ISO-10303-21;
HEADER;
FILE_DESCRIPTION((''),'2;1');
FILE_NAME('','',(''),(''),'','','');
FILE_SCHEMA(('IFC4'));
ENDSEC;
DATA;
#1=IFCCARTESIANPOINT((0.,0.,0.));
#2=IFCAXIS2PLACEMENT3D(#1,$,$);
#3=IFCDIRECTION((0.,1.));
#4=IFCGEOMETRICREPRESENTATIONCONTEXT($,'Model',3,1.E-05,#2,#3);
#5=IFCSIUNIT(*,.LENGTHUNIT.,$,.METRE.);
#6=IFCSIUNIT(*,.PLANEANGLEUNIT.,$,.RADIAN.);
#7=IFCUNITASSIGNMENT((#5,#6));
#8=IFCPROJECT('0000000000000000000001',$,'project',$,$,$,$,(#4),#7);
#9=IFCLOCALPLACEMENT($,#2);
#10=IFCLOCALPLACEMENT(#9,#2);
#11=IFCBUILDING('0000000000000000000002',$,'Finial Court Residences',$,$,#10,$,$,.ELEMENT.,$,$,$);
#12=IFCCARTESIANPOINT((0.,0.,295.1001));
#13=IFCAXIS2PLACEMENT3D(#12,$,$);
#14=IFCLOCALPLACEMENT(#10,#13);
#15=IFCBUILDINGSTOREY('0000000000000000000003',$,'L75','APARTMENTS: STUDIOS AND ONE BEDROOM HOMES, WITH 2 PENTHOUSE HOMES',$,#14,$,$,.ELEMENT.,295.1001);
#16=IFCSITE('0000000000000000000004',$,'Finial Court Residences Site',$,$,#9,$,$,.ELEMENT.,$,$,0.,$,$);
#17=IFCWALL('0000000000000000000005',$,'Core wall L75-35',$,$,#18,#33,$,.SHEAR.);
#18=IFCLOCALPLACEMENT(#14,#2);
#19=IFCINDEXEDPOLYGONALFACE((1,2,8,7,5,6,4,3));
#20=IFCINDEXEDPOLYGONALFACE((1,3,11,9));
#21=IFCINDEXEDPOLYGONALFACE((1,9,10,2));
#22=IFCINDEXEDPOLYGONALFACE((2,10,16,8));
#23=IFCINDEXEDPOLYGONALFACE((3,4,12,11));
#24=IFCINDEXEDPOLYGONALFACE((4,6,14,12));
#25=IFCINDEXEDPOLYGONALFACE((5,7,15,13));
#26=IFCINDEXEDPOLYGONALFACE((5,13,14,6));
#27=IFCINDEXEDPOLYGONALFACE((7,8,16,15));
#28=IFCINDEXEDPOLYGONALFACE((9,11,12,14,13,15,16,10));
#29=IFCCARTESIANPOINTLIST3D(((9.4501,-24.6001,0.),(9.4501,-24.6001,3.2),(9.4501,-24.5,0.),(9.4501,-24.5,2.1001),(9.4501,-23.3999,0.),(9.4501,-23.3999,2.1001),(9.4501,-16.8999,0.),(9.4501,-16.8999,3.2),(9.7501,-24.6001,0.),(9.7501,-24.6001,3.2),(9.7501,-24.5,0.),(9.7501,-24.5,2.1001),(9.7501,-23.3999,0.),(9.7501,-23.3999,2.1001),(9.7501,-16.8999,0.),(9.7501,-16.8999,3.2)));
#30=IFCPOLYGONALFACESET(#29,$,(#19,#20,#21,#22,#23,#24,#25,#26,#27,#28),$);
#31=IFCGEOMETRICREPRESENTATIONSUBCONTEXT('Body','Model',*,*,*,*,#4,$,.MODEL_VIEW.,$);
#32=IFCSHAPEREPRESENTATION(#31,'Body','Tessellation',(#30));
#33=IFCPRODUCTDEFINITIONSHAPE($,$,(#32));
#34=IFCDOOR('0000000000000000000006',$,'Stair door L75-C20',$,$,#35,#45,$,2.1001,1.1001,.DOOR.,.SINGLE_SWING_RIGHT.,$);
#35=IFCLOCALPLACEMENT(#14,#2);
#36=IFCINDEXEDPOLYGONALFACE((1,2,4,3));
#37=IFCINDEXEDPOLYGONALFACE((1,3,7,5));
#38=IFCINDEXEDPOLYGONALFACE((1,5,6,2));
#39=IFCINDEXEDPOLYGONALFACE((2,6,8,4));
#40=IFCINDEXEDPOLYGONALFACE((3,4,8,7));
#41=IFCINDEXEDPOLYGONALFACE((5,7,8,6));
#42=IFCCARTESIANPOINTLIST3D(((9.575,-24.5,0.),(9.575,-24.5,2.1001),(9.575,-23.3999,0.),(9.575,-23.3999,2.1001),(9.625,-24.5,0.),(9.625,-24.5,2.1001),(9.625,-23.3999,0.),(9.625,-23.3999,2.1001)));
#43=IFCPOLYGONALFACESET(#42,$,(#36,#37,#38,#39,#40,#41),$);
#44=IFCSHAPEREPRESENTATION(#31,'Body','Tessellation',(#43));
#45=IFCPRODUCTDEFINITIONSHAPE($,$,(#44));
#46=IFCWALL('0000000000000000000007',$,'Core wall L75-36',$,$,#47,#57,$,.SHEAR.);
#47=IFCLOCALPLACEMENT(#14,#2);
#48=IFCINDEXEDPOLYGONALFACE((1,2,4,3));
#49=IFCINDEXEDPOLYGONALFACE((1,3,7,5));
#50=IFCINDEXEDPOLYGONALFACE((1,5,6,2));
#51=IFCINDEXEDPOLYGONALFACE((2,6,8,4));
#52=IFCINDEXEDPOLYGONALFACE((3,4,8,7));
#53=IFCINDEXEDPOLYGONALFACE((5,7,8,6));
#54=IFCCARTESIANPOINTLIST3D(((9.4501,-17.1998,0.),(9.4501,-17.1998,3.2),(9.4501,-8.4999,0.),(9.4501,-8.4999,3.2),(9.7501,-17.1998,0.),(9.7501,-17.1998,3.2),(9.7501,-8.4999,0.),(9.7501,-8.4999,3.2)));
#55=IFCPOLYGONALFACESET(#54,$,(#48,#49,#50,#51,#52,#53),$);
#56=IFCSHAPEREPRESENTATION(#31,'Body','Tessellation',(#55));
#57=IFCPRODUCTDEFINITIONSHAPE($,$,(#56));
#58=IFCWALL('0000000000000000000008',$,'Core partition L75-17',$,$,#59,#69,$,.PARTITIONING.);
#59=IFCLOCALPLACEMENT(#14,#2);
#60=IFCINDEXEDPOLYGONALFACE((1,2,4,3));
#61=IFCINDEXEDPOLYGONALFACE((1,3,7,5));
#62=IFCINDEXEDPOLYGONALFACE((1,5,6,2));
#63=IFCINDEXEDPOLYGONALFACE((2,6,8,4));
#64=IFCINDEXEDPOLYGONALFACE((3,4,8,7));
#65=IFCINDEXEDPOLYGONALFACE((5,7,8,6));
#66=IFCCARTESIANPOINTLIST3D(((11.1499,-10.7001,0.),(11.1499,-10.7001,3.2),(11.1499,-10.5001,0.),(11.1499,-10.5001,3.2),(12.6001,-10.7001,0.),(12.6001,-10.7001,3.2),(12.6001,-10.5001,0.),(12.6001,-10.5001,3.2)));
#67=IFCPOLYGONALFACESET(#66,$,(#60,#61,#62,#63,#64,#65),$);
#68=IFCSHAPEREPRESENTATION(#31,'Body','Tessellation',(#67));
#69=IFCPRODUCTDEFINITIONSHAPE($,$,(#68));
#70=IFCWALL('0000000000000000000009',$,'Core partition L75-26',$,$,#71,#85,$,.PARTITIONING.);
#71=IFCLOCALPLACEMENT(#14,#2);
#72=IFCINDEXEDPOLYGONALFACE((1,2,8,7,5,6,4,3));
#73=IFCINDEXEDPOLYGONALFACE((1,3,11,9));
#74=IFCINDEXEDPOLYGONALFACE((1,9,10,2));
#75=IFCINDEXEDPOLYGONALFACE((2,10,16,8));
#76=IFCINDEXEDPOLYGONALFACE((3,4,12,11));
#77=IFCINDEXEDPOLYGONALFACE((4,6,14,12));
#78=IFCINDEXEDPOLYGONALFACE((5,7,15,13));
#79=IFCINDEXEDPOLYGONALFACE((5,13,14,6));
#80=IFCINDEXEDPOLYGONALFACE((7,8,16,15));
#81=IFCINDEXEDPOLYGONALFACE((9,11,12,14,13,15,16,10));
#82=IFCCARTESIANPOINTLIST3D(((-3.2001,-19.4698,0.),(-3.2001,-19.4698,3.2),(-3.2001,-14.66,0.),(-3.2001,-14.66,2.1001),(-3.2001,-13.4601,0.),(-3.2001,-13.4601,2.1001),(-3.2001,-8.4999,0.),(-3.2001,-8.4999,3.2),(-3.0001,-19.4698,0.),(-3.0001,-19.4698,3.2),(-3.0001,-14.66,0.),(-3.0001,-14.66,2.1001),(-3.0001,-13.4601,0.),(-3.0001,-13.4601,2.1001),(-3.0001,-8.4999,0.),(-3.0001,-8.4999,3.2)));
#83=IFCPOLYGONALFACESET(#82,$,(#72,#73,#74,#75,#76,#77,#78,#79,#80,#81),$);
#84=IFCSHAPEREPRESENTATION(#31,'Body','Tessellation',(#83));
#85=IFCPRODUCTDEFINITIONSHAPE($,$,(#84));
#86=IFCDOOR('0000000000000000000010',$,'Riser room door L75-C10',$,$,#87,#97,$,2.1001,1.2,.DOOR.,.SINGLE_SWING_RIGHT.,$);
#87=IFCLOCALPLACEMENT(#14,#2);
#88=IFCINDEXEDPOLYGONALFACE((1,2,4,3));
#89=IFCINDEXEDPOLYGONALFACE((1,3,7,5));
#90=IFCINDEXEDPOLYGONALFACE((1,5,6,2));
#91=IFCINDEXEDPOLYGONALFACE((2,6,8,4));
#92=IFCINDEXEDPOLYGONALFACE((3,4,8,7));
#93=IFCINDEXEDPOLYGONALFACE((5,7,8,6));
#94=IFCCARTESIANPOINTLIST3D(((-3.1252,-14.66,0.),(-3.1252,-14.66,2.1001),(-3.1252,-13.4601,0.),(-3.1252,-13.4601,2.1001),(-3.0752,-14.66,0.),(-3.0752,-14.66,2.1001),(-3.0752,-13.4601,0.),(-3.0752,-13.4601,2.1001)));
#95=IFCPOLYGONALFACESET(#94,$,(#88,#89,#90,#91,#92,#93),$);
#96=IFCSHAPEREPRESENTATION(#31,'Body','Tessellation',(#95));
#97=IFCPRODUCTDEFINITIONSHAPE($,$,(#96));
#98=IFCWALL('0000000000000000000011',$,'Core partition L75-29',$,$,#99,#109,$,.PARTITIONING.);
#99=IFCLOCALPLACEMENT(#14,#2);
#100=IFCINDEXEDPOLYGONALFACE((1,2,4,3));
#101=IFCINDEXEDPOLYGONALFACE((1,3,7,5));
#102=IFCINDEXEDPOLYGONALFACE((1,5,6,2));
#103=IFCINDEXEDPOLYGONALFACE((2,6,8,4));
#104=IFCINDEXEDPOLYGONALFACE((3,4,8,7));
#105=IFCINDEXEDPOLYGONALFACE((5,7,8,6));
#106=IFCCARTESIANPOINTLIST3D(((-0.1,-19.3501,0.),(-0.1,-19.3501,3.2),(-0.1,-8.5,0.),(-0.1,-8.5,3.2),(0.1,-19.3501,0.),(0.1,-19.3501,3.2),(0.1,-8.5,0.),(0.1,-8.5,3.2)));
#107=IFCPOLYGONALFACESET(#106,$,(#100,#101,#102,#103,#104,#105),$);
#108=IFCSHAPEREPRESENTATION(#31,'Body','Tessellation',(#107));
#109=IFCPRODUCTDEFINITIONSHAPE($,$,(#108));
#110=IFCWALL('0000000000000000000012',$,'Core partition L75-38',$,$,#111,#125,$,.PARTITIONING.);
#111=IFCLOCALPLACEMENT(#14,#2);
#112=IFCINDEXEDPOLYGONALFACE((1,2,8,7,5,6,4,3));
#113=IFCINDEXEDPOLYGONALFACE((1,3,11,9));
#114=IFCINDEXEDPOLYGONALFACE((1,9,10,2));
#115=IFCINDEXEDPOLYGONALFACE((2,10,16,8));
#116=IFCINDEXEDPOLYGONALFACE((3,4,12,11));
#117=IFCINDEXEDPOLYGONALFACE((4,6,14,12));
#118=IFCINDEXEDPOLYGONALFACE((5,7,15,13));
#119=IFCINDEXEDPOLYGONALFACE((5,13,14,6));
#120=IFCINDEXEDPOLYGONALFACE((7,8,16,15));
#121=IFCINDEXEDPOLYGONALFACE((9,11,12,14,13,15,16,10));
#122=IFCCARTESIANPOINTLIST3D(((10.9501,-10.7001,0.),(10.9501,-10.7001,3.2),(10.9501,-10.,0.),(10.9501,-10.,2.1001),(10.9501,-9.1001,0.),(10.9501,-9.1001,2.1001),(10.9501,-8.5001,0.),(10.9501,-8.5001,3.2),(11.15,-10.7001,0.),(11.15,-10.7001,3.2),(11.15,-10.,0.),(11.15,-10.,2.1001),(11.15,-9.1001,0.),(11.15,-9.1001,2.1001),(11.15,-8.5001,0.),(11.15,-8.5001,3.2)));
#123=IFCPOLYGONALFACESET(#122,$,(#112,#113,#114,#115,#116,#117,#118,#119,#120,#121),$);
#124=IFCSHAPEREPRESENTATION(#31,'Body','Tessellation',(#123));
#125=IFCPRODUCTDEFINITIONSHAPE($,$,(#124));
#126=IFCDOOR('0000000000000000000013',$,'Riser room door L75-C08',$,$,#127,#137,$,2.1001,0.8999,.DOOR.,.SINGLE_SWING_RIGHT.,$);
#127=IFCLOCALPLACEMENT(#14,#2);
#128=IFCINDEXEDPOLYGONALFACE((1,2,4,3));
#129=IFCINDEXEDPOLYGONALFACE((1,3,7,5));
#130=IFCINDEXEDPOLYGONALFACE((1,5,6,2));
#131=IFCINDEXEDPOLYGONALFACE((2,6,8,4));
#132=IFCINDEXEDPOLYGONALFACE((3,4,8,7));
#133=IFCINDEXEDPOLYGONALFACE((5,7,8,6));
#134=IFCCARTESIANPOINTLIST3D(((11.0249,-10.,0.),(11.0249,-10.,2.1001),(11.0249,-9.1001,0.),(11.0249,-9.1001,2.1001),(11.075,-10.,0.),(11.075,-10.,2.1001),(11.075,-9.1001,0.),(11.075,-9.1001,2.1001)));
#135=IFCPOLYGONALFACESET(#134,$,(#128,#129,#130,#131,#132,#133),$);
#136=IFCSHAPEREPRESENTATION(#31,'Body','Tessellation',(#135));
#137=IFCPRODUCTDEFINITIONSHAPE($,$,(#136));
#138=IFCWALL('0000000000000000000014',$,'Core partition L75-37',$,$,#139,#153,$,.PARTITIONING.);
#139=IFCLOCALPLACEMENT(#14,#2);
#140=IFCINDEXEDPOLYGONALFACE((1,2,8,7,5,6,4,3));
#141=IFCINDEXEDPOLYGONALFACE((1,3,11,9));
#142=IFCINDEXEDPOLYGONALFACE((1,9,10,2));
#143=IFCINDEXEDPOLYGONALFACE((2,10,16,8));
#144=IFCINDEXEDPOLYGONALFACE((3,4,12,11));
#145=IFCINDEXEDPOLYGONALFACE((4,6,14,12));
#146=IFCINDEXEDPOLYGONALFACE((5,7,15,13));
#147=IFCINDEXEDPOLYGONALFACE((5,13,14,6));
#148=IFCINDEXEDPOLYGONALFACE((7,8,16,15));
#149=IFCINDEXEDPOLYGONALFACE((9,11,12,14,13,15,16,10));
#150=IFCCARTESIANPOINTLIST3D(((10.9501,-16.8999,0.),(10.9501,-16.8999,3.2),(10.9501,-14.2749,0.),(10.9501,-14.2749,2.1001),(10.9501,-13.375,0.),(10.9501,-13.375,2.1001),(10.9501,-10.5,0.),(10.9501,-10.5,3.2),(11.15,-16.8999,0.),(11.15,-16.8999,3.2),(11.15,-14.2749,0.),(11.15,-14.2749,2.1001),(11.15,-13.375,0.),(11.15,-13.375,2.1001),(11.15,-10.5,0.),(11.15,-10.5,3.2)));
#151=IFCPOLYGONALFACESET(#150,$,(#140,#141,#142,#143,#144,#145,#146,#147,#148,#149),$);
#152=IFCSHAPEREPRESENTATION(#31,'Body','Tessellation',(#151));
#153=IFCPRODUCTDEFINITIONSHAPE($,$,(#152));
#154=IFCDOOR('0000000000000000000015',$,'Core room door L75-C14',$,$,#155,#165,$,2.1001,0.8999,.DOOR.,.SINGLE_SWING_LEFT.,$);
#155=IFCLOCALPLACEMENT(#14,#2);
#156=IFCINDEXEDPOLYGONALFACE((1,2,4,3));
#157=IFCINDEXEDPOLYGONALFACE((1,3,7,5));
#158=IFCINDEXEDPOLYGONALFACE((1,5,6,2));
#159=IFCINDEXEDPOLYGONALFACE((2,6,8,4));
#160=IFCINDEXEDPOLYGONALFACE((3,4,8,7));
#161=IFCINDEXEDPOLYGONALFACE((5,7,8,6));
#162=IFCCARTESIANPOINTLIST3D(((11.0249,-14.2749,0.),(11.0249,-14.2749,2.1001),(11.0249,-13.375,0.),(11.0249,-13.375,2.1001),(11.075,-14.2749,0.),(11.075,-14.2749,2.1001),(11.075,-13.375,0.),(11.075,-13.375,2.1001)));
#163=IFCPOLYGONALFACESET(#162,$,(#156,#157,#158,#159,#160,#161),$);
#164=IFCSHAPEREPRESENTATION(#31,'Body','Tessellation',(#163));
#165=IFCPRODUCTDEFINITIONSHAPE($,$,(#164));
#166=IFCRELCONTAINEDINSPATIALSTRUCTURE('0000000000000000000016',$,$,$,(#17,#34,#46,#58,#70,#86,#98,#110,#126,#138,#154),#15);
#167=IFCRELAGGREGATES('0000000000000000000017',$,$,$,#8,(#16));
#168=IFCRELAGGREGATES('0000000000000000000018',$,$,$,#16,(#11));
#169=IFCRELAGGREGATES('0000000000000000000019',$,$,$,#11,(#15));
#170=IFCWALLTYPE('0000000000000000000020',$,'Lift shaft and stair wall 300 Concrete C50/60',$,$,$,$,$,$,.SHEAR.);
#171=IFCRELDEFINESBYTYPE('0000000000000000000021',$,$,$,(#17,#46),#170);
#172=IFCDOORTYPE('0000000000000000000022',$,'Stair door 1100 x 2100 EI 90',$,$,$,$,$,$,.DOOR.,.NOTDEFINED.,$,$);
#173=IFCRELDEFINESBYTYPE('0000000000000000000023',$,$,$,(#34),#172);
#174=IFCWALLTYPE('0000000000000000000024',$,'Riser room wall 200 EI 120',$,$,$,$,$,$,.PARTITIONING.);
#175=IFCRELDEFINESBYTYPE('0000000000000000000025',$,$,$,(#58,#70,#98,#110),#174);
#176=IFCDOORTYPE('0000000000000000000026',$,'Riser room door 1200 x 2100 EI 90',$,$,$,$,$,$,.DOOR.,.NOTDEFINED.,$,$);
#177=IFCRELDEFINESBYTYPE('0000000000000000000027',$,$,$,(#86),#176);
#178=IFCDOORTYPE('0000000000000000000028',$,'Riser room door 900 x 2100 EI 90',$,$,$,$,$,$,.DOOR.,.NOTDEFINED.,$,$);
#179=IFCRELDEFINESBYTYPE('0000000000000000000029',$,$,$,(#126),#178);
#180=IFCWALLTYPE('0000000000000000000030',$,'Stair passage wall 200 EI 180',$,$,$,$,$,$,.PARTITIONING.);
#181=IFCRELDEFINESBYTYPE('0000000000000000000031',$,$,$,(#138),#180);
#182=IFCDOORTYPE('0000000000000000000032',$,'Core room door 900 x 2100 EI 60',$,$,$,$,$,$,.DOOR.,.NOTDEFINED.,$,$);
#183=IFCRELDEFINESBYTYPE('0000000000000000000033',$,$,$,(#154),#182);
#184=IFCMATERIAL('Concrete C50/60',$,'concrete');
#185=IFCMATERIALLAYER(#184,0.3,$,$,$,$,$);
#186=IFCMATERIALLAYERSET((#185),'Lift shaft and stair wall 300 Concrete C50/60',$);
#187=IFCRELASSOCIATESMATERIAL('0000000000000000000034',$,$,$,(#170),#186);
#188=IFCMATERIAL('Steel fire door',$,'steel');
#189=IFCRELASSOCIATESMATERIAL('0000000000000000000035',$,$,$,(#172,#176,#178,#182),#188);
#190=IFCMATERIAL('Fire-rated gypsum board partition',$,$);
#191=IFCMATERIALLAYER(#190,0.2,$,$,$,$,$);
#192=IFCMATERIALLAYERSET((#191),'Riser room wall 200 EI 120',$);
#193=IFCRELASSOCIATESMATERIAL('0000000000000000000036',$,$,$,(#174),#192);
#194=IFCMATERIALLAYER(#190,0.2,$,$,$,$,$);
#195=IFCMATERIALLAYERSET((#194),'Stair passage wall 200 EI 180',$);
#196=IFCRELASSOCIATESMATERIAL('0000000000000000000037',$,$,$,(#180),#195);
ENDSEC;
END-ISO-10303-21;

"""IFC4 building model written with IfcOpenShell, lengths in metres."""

from ifc_helpers import new_model, si_unit, direction, frame, frame_2d, origin, place, context, subcontext, project, spatial, rectangle, extrude, material, layer, layer_set, type_object, element, fill, save


model = new_model("IFC4")

# Units and contexts
model_context = context("Model", 3, precision=1e-05, world=origin(), true_north=direction((0.0, 1.0)))
body_context = subcontext(model_context, "Body", "Model", "MODEL_VIEW")
ifc_project = project(units=[si_unit("LENGTHUNIT", "METRE"), si_unit("PLANEANGLEUNIT", "RADIAN")], contexts=[model_context])

# Site, building, storey
site_placement = place(None, origin())
site = spatial("IfcSite", under=ifc_project, at=site_placement, Name="Finial Court Residences Site", CompositionType="ELEMENT", RefElevation=0.0)
building_placement = place(site_placement, origin())
building = spatial("IfcBuilding", under=site, at=building_placement, Name="Finial Court Residences", CompositionType="ELEMENT")
storey_placement = place(building_placement, frame((0.0, 0.0, 295.1001)))
storey = spatial("IfcBuildingStorey", under=building, at=storey_placement, Name="L75", Description="APARTMENTS: STUDIOS AND ONE BEDROOM HOMES, WITH 2 PENTHOUSE HOMES", CompositionType="ELEMENT", Elevation=295.1001)

# Shared definitions
ifc_material_1 = material(Name="Concrete C50/60", Category="concrete")

# Shared definitions
ifc_material_2 = material(Name="Fire-rated gypsum board partition")

# Shared definitions
ifc_layer_1 = layer(ifc_material_1, 0.3)
ifc_layer_set_1 = layer_set([ifc_layer_1], Name="Lift shaft and stair wall 300 Concrete C50/60")
wall_type_1 = type_object("IfcWallType", Name="Lift shaft and stair wall 300 Concrete C50/60", PredefinedType="SHEAR", material=ifc_layer_set_1)

# Wall, opening, door
wall_1_placement = place(storey_placement, frame((9.6001, -16.8999, 0.0), z_axis=(0.0, 0.0, 1.0), x_axis=(0.0, -1.0, 0.0)))
wall_1 = element("IfcWall", 1, at=wall_1_placement, inside=storey, type_object=wall_type_1, Name="Core wall L75-35", PredefinedType="SHEAR", context=body_context, shape_type="SweptSolid", body=[
    extrude(rectangle(XDim=7.7002, YDim=0.3, at=frame_2d((3.8501, 0.0))), origin(), (0.0, 0.0, 1.0), 3.2),
])
opening_1_placement = place(wall_1_placement, frame((6.5, 0.0, 0.0)))
opening_1 = element("IfcOpeningElement", 2, at=opening_1_placement, cuts=wall_1, PredefinedType="OPENING", context=body_context, shape_type="SweptSolid", body=[
    extrude(rectangle(XDim=1.1001, YDim=2.1001, at=frame_2d((0.55, 1.05))), frame((0.0, 0.1599, 0.0), z_axis=(0.0, -1.0, 0.0), x_axis=(1.0, 0.0, 0.0)), (0.0, 0.0, 1.0), 0.3201),
])
ifc_material_3 = material(Name="Steel fire door", Category="steel")
door_type_1 = type_object("IfcDoorType", Name="Stair door 1100 x 2100 EI 90", OperationType="NOTDEFINED", PredefinedType="DOOR", material=ifc_material_3)
door_1_placement = place(opening_1_placement, origin())
door_1 = element("IfcDoor", 3, at=door_1_placement, inside=storey, type_object=door_type_1, Name="Stair door L75-C20", OperationType="SINGLE_SWING_RIGHT", OverallHeight=2.1001, OverallWidth=1.1001, PredefinedType="DOOR", context=body_context, shape_type="SweptSolid", body=[
    extrude(rectangle(XDim=1.1001, YDim=2.1001, at=frame_2d((0.55, 1.05))), frame((0.0, 0.0249, 0.0), z_axis=(0.0, -1.0, 0.0), x_axis=(1.0, 0.0, 0.0)), (0.0, 0.0, 1.0), 0.05),
])
fill(opening_1, door_1)

# Walls
wall_2_placement = place(storey_placement, frame((9.6001, -17.2, 0.0), z_axis=(0.0, 0.0, 1.0), x_axis=(0.0, 1.0, 0.0)))
element("IfcWall", 4, at=wall_2_placement, inside=storey, type_object=wall_type_1, Name="Core wall L75-36", PredefinedType="SHEAR", context=body_context, shape_type="SweptSolid", body=[
    extrude(rectangle(XDim=8.7, YDim=0.3, at=frame_2d((4.3501, 0.0))), origin(), (0.0, 0.0, 1.0), 3.2),
])
ifc_layer_2 = layer(ifc_material_2, 0.2)
ifc_layer_set_2 = layer_set([ifc_layer_2], Name="Riser room wall 200 EI 120")
wall_type_2 = type_object("IfcWallType", Name="Riser room wall 200 EI 120", PredefinedType="PARTITIONING", material=ifc_layer_set_2)
wall_3_placement = place(storey_placement, frame((11.1499, -10.6001, 0.0), z_axis=(0.0, 0.0, 1.0), x_axis=(1.0, 0.0, 0.0)))
element("IfcWall", 5, at=wall_3_placement, inside=storey, type_object=wall_type_2, Name="Core partition L75-17", PredefinedType="PARTITIONING", context=body_context, shape_type="SweptSolid", body=[
    extrude(rectangle(XDim=1.4502, YDim=0.2, at=frame_2d((0.7251, 0.0))), origin(), (0.0, 0.0, 1.0), 3.2),
])

# Wall, opening, door
wall_4_placement = place(storey_placement, frame((-3.1001, -8.5, 0.0), z_axis=(0.0, 0.0, 1.0), x_axis=(0.0, -1.0, 0.0)))
wall_4 = element("IfcWall", 6, at=wall_4_placement, inside=storey, type_object=wall_type_2, Name="Core partition L75-26", PredefinedType="PARTITIONING", context=body_context, shape_type="SweptSolid", body=[
    extrude(rectangle(XDim=10.97, YDim=0.2, at=frame_2d((5.4849, 0.0))), origin(), (0.0, 0.0, 1.0), 3.2),
])
opening_2_placement = place(wall_4_placement, frame((4.96, 0.0, 0.0)))
opening_2 = element("IfcOpeningElement", 7, at=opening_2_placement, cuts=wall_4, PredefinedType="OPENING", context=body_context, shape_type="SweptSolid", body=[
    extrude(rectangle(XDim=1.2, YDim=2.1001, at=frame_2d((0.6001, 1.05))), frame((0.0, 0.1099, 0.0), z_axis=(0.0, -1.0, 0.0), x_axis=(1.0, 0.0, 0.0)), (0.0, 0.0, 1.0), 0.22),
])
door_type_2 = type_object("IfcDoorType", Name="Riser room door 1200 x 2100 EI 90", OperationType="NOTDEFINED", PredefinedType="DOOR", material=ifc_material_3)
door_2_placement = place(opening_2_placement, origin())
door_2 = element("IfcDoor", 8, at=door_2_placement, inside=storey, type_object=door_type_2, Name="Riser room door L75-C10", OperationType="SINGLE_SWING_RIGHT", OverallHeight=2.1001, OverallWidth=1.2, PredefinedType="DOOR", context=body_context, shape_type="SweptSolid", body=[
    extrude(rectangle(XDim=1.2, YDim=2.1001, at=frame_2d((0.6001, 1.05))), frame((0.0, 0.0249, 0.0), z_axis=(0.0, -1.0, 0.0), x_axis=(1.0, 0.0, 0.0)), (0.0, 0.0, 1.0), 0.05),
])
fill(opening_2, door_2)

# Wall
wall_5_placement = place(storey_placement, frame((0.0, -19.3501, 0.0), z_axis=(0.0, 0.0, 1.0), x_axis=(0.0, 1.0, 0.0)))
element("IfcWall", 9, at=wall_5_placement, inside=storey, type_object=wall_type_2, Name="Core partition L75-29", PredefinedType="PARTITIONING", context=body_context, shape_type="SweptSolid", body=[
    extrude(rectangle(XDim=10.8501, YDim=0.2, at=frame_2d((5.425, 0.0))), origin(), (0.0, 0.0, 1.0), 3.2),
])

# Walls, openings, doors
wall_6_placement = place(storey_placement, frame((11.05, -8.5, 0.0), z_axis=(0.0, 0.0, 1.0), x_axis=(0.0, -1.0, 0.0)))
wall_6 = element("IfcWall", 10, at=wall_6_placement, inside=storey, type_object=wall_type_2, Name="Core partition L75-38", PredefinedType="PARTITIONING", context=body_context, shape_type="SweptSolid", body=[
    extrude(rectangle(XDim=2.2, YDim=0.2, at=frame_2d((1.1001, 0.0))), origin(), (0.0, 0.0, 1.0), 3.2),
])
opening_3_placement = place(wall_6_placement, frame((0.6001, 0.0, 0.0)))
opening_3 = element("IfcOpeningElement", 11, at=opening_3_placement, cuts=wall_6, PredefinedType="OPENING", context=body_context, shape_type="SweptSolid", body=[
    extrude(rectangle(XDim=0.8999, YDim=2.1001, at=frame_2d((0.45, 1.05))), frame((0.0, 0.1099, 0.0), z_axis=(0.0, -1.0, 0.0), x_axis=(1.0, 0.0, 0.0)), (0.0, 0.0, 1.0), 0.22),
])
door_type_3 = type_object("IfcDoorType", Name="Riser room door 900 x 2100 EI 90", OperationType="NOTDEFINED", PredefinedType="DOOR", material=ifc_material_3)
door_3_placement = place(opening_3_placement, origin())
door_3 = element("IfcDoor", 12, at=door_3_placement, inside=storey, type_object=door_type_3, Name="Riser room door L75-C08", OperationType="SINGLE_SWING_RIGHT", OverallHeight=2.1001, OverallWidth=0.8999, PredefinedType="DOOR", context=body_context, shape_type="SweptSolid", body=[
    extrude(rectangle(XDim=0.8999, YDim=2.1001, at=frame_2d((0.45, 1.05))), frame((0.0, 0.0249, 0.0), z_axis=(0.0, -1.0, 0.0), x_axis=(1.0, 0.0, 0.0)), (0.0, 0.0, 1.0), 0.05),
])
fill(opening_3, door_3)
ifc_layer_3 = layer(ifc_material_2, 0.2)
ifc_layer_set_3 = layer_set([ifc_layer_3], Name="Stair passage wall 200 EI 180")
wall_type_3 = type_object("IfcWallType", Name="Stair passage wall 200 EI 180", PredefinedType="PARTITIONING", material=ifc_layer_set_3)
wall_7_placement = place(storey_placement, frame((11.05, -10.5, 0.0), z_axis=(0.0, 0.0, 1.0), x_axis=(0.0, -1.0, 0.0)))
wall_7 = element("IfcWall", 13, at=wall_7_placement, inside=storey, type_object=wall_type_3, Name="Core partition L75-37", PredefinedType="PARTITIONING", context=body_context, shape_type="SweptSolid", body=[
    extrude(rectangle(XDim=6.3999, YDim=0.2, at=frame_2d((3.2, 0.0))), origin(), (0.0, 0.0, 1.0), 3.2),
])
opening_4_placement = place(wall_7_placement, frame((2.875, 0.0, 0.0)))
opening_4 = element("IfcOpeningElement", 14, at=opening_4_placement, cuts=wall_7, PredefinedType="OPENING", context=body_context, shape_type="SweptSolid", body=[
    extrude(rectangle(XDim=0.8999, YDim=2.1001, at=frame_2d((0.45, 1.05))), frame((0.0, 0.1099, 0.0), z_axis=(0.0, -1.0, 0.0), x_axis=(1.0, 0.0, 0.0)), (0.0, 0.0, 1.0), 0.22),
])
door_type_4 = type_object("IfcDoorType", Name="Core room door 900 x 2100 EI 60", OperationType="NOTDEFINED", PredefinedType="DOOR", material=ifc_material_3)
door_4_placement = place(opening_4_placement, origin())
door_4 = element("IfcDoor", 15, at=door_4_placement, inside=storey, type_object=door_type_4, Name="Core room door L75-C14", OperationType="SINGLE_SWING_LEFT", OverallHeight=2.1001, OverallWidth=0.8999, PredefinedType="DOOR", context=body_context, shape_type="SweptSolid", body=[
    extrude(rectangle(XDim=0.8999, YDim=2.1001, at=frame_2d((0.45, 1.05))), frame((0.0, 0.0249, 0.0), z_axis=(0.0, -1.0, 0.0), x_axis=(1.0, 0.0, 0.0)), (0.0, 0.0, 1.0), 0.05),
])
fill(opening_4, door_4)

save(model, "model.ifc")
